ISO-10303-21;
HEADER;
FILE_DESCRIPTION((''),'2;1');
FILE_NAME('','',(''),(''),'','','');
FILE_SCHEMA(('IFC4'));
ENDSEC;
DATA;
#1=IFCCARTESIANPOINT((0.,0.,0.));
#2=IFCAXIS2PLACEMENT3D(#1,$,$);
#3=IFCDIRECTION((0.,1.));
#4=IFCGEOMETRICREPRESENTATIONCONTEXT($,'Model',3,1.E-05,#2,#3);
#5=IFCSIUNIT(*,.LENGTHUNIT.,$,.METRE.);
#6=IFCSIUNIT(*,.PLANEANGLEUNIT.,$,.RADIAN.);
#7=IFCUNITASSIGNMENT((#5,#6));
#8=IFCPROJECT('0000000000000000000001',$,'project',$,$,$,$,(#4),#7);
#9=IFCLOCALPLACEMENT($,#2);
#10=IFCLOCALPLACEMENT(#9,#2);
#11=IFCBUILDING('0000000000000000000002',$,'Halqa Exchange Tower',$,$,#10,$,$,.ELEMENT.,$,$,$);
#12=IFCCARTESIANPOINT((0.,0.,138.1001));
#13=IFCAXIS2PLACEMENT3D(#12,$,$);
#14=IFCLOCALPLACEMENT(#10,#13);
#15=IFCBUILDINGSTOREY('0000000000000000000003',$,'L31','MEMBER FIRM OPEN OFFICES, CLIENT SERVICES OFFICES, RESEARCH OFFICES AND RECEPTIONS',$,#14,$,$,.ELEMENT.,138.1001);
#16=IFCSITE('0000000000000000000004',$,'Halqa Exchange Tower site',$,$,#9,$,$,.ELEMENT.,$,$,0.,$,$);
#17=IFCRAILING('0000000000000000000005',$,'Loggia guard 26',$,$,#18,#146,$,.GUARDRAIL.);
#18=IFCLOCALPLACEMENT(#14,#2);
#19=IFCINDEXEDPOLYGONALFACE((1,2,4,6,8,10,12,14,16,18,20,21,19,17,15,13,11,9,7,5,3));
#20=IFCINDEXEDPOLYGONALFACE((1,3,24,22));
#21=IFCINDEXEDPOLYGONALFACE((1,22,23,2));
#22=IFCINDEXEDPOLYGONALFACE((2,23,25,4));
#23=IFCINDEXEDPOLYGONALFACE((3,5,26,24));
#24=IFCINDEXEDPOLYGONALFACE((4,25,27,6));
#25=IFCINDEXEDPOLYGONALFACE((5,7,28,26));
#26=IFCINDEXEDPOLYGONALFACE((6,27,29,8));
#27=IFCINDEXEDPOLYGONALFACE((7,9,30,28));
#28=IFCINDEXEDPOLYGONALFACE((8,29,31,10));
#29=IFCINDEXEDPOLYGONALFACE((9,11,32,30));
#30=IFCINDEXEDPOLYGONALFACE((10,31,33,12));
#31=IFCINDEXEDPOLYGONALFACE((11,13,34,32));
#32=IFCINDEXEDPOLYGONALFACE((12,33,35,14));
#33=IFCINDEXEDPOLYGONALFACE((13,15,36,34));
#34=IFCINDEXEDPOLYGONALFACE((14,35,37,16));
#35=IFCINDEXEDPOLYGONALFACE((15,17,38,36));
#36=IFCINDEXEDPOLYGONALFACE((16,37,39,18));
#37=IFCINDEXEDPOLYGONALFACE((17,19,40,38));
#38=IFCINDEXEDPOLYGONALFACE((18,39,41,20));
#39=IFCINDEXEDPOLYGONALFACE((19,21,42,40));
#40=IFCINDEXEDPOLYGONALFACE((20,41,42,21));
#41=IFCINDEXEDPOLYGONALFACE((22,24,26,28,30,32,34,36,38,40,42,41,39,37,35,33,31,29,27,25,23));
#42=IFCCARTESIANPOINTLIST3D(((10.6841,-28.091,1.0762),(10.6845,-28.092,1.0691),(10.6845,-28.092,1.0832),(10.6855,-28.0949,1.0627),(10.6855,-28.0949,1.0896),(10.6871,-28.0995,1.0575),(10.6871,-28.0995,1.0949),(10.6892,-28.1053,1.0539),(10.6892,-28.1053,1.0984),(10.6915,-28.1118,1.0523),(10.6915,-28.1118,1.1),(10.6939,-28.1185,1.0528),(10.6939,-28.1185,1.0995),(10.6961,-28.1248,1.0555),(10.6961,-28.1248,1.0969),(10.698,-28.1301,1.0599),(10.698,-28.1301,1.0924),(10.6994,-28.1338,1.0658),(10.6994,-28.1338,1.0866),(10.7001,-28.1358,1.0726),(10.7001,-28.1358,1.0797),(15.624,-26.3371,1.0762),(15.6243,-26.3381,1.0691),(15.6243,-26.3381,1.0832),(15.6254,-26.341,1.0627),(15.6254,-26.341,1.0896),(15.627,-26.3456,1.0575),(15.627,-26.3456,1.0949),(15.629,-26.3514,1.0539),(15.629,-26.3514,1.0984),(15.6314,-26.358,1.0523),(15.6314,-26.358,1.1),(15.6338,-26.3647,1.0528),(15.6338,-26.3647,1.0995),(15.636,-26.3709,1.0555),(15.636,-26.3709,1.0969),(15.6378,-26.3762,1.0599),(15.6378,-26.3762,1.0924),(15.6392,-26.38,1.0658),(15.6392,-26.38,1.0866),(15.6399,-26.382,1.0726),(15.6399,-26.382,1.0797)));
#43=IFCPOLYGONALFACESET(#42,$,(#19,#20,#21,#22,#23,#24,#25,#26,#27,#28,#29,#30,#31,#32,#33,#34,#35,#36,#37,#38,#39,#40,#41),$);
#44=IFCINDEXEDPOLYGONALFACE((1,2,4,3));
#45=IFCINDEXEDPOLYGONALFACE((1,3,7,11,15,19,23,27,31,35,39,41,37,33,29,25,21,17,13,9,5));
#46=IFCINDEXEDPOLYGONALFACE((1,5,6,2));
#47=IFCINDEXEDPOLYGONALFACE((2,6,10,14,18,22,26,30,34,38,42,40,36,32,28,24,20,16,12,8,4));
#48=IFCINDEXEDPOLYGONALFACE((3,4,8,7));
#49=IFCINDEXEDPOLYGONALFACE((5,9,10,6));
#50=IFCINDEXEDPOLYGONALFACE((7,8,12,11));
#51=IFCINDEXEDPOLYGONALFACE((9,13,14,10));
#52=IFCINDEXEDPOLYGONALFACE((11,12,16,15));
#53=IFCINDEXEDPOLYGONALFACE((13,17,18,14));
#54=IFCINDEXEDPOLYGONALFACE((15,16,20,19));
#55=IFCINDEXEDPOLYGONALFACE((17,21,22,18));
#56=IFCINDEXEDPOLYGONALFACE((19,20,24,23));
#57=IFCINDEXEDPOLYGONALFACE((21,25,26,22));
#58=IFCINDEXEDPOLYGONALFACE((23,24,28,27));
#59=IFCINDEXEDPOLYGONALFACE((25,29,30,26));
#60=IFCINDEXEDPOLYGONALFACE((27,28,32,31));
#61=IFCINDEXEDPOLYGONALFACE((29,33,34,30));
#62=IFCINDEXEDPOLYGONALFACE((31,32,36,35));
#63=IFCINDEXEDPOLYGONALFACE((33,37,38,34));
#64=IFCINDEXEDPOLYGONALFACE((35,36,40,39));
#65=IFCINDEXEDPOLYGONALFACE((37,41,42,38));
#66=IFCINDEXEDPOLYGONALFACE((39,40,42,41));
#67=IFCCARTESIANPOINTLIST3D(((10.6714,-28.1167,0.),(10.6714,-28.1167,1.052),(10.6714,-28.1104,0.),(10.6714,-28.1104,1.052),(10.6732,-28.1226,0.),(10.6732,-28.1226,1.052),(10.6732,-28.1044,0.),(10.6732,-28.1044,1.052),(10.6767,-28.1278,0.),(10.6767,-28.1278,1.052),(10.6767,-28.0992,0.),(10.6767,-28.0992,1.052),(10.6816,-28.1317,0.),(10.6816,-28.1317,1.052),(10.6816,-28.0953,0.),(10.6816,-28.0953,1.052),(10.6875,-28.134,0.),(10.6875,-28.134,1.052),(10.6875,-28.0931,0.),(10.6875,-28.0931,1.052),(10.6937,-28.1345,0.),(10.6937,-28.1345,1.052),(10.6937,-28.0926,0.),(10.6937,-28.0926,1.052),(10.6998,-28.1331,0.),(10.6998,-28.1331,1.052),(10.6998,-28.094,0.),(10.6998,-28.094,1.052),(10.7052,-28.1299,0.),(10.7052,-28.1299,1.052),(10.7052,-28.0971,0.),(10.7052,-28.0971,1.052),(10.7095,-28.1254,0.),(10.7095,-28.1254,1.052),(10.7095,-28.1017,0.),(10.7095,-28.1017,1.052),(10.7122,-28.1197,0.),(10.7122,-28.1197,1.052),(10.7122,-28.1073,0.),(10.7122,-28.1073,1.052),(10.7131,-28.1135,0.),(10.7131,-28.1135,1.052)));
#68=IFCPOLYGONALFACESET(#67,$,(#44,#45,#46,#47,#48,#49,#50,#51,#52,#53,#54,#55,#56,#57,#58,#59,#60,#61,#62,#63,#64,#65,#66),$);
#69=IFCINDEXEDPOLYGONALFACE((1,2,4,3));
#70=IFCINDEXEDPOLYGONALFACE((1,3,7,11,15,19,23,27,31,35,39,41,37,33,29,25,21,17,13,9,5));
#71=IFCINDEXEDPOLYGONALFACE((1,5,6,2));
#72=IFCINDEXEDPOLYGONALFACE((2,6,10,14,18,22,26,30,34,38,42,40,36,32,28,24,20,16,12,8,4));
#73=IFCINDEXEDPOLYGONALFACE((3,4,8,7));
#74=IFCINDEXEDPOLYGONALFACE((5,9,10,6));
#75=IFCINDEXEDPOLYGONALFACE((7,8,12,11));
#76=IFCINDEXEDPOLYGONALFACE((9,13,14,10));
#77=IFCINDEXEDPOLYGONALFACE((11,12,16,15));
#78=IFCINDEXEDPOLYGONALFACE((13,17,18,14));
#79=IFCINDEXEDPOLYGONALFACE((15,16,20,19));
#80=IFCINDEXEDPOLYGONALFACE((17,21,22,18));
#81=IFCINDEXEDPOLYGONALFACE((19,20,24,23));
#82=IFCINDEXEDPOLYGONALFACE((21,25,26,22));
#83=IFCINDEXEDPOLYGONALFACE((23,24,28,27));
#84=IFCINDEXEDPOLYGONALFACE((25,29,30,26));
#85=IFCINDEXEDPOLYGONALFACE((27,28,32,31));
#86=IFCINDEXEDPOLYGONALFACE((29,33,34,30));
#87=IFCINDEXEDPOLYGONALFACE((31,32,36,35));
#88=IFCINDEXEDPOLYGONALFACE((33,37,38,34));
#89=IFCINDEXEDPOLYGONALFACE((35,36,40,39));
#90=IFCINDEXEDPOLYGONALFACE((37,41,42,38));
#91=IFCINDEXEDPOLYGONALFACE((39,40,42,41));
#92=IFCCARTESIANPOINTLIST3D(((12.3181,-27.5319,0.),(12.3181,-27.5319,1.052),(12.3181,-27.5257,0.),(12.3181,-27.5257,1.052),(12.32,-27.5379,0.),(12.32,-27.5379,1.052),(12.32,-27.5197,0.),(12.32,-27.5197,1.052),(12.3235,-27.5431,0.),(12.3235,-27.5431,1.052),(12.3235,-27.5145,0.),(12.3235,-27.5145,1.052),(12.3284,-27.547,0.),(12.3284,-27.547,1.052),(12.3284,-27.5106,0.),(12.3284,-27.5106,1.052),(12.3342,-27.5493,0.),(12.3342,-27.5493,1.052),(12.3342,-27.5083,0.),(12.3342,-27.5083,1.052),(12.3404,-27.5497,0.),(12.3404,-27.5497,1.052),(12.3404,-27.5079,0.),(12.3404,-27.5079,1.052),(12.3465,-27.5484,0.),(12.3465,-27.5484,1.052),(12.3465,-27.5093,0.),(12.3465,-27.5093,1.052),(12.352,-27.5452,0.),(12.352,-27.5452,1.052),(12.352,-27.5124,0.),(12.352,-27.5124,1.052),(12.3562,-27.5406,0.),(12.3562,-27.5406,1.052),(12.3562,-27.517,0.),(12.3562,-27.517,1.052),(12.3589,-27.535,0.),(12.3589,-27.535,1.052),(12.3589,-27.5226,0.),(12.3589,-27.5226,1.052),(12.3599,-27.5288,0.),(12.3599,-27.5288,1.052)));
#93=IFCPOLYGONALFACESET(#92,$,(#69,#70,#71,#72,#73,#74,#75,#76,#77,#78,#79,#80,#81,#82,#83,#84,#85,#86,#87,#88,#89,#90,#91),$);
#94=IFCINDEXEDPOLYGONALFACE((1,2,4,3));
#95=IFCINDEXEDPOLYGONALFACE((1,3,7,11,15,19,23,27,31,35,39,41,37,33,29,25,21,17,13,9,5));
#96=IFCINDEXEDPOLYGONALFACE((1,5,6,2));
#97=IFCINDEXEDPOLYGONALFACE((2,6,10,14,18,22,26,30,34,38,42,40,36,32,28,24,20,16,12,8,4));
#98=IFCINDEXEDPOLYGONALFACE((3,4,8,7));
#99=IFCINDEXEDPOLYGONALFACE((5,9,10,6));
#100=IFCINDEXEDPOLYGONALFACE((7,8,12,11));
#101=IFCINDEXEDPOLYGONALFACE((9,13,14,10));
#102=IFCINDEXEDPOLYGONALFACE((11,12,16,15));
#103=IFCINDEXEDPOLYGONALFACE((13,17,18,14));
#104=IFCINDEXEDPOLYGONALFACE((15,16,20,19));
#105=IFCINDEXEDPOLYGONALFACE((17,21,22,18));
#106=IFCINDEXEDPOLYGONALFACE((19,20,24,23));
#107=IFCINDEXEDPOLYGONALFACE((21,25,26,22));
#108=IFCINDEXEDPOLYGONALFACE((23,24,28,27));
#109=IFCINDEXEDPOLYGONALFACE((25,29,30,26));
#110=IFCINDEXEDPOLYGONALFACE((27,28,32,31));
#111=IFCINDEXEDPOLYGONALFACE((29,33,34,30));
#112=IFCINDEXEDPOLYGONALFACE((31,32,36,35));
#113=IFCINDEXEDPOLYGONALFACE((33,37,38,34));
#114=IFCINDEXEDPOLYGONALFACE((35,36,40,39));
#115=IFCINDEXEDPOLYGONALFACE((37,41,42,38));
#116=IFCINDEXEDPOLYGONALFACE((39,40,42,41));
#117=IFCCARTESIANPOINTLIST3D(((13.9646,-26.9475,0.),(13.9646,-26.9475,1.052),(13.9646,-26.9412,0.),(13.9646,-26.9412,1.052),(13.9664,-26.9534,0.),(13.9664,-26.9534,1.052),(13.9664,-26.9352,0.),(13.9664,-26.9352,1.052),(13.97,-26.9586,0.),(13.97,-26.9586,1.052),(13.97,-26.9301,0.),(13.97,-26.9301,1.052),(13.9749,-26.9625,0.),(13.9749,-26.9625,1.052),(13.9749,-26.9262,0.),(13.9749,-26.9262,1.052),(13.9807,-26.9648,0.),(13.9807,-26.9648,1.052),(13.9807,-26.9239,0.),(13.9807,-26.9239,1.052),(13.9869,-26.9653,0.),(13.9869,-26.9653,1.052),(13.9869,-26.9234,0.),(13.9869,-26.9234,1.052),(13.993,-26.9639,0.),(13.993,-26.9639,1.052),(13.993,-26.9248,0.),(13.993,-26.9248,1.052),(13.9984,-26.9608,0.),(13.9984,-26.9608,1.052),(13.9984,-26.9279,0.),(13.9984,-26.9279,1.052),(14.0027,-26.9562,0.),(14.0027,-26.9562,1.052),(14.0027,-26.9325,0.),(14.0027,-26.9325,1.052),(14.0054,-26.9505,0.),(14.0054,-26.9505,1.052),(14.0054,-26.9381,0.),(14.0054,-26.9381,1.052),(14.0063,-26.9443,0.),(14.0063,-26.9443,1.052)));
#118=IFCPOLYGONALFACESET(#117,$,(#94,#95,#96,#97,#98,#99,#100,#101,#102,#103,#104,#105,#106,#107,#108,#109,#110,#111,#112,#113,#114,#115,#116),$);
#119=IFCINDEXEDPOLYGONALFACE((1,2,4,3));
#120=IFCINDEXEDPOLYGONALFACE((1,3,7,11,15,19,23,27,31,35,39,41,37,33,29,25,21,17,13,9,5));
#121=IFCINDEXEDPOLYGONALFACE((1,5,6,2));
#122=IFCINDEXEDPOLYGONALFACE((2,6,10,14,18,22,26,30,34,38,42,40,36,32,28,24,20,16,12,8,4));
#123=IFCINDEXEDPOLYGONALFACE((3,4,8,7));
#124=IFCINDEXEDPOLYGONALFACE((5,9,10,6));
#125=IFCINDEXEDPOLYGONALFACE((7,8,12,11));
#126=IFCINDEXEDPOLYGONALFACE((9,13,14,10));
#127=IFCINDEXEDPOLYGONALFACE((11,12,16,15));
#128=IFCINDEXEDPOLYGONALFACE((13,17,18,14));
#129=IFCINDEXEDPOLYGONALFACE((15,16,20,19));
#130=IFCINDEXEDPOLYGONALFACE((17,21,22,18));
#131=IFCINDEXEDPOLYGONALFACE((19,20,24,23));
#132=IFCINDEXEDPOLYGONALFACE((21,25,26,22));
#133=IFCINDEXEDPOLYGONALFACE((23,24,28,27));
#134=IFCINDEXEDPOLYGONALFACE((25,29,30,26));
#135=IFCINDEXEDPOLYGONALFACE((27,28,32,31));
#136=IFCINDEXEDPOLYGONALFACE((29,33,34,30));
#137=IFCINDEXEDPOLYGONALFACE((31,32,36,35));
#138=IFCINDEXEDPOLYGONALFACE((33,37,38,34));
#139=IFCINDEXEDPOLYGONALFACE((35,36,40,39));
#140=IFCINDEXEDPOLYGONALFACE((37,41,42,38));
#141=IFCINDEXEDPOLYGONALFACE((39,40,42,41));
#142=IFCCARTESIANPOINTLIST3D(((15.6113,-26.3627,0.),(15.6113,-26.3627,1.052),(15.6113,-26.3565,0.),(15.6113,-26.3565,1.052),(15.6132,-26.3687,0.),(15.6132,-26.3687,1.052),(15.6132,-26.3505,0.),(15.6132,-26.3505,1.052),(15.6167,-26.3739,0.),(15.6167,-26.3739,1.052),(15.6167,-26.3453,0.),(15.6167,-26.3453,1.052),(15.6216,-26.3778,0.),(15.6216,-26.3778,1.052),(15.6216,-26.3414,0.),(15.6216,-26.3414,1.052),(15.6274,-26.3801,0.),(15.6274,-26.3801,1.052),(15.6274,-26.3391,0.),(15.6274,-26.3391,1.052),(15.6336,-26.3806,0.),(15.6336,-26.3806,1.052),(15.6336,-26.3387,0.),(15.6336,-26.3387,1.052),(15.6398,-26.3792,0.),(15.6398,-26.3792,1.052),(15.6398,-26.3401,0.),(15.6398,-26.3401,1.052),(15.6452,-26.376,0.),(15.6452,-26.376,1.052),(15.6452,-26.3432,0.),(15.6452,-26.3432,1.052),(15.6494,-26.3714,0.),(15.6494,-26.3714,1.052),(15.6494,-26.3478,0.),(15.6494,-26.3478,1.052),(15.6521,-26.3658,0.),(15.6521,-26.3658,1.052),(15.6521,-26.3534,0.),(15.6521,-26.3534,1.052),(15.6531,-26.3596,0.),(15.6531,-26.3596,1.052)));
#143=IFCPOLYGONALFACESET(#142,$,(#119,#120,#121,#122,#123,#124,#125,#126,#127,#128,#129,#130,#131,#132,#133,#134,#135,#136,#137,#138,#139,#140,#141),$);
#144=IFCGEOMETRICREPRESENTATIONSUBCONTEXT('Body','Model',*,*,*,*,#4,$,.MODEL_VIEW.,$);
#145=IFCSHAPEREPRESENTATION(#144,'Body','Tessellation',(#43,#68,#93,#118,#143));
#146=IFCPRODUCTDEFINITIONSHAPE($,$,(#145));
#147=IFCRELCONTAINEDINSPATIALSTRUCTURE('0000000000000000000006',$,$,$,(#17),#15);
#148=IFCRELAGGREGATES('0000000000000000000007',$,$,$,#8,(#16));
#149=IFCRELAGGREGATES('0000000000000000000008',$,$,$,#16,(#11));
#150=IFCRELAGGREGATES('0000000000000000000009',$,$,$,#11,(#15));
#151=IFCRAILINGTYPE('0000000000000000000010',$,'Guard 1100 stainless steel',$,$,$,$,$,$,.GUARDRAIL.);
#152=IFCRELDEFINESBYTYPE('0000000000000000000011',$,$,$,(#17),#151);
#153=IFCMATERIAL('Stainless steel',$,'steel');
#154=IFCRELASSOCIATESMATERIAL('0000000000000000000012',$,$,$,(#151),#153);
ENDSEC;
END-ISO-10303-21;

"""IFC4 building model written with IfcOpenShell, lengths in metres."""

from ifc_helpers import new_model, si_unit, direction, frame, origin, origin_2d, place, context, subcontext, project, spatial, circle, extrude, material, type_object, element, save


model = new_model("IFC4")

# Units and contexts
model_context = context("Model", 3, precision=1e-05, world=origin(), true_north=direction((0.0, 1.0)))
body_context = subcontext(model_context, "Body", "Model", "MODEL_VIEW")
ifc_project = project(units=[si_unit("LENGTHUNIT", "METRE"), si_unit("PLANEANGLEUNIT", "RADIAN")], contexts=[model_context])

# Site, building, storey
site_placement = place(None, origin())
site = spatial("IfcSite", under=ifc_project, at=site_placement, Name="Halqa Exchange Tower site", CompositionType="ELEMENT", RefElevation=0.0)
building_placement = place(site_placement, origin())
building = spatial("IfcBuilding", under=site, at=building_placement, Name="Halqa Exchange Tower", CompositionType="ELEMENT")
storey_placement = place(building_placement, frame((0.0, 0.0, 138.1001)))
storey = spatial("IfcBuildingStorey", under=building, at=storey_placement, Name="L31", Description="MEMBER FIRM OPEN OFFICES, CLIENT SERVICES OFFICES, RESEARCH OFFICES AND RECEPTIONS", CompositionType="ELEMENT", Elevation=138.1001)

# Railing
ifc_material_1 = material(Name="Stainless steel", Category="steel")
railing_type = type_object("IfcRailingType", Name="Guard 1100 stainless steel", PredefinedType="GUARDRAIL", material=ifc_material_1)
railing_1_placement = place(storey_placement, frame((10.6921, -28.1135, 0.0)))
element("IfcRailing", 1, at=railing_1_placement, inside=storey, type_object=railing_type, Name="Loggia guard 26", PredefinedType="GUARDRAIL", context=body_context, shape_type="SweptSolid", body=[
    extrude(circle(Radius=0.0239, at=origin_2d()), frame((0.0, 0.0, 1.0762), z_axis=(0.942366, 0.334583, 0.0), x_axis=(-0.334583, 0.942366, 0.0)), (0.0, 0.0, 1.0), 5.2419),
    extrude(circle(Radius=0.021, at=origin_2d()), origin(), (0.0, 0.0, 1.0), 1.052),
    extrude(circle(Radius=0.021, at=origin_2d()), frame((1.6467, 0.5847, 0.0)), (0.0, 0.0, 1.0), 1.052),
    extrude(circle(Radius=0.021, at=origin_2d()), frame((3.2932, 1.1692, 0.0)), (0.0, 0.0, 1.0), 1.052),
    extrude(circle(Radius=0.021, at=origin_2d()), frame((4.9399, 1.7539, 0.0)), (0.0, 0.0, 1.0), 1.052),
])

save(model, "model.ifc")
